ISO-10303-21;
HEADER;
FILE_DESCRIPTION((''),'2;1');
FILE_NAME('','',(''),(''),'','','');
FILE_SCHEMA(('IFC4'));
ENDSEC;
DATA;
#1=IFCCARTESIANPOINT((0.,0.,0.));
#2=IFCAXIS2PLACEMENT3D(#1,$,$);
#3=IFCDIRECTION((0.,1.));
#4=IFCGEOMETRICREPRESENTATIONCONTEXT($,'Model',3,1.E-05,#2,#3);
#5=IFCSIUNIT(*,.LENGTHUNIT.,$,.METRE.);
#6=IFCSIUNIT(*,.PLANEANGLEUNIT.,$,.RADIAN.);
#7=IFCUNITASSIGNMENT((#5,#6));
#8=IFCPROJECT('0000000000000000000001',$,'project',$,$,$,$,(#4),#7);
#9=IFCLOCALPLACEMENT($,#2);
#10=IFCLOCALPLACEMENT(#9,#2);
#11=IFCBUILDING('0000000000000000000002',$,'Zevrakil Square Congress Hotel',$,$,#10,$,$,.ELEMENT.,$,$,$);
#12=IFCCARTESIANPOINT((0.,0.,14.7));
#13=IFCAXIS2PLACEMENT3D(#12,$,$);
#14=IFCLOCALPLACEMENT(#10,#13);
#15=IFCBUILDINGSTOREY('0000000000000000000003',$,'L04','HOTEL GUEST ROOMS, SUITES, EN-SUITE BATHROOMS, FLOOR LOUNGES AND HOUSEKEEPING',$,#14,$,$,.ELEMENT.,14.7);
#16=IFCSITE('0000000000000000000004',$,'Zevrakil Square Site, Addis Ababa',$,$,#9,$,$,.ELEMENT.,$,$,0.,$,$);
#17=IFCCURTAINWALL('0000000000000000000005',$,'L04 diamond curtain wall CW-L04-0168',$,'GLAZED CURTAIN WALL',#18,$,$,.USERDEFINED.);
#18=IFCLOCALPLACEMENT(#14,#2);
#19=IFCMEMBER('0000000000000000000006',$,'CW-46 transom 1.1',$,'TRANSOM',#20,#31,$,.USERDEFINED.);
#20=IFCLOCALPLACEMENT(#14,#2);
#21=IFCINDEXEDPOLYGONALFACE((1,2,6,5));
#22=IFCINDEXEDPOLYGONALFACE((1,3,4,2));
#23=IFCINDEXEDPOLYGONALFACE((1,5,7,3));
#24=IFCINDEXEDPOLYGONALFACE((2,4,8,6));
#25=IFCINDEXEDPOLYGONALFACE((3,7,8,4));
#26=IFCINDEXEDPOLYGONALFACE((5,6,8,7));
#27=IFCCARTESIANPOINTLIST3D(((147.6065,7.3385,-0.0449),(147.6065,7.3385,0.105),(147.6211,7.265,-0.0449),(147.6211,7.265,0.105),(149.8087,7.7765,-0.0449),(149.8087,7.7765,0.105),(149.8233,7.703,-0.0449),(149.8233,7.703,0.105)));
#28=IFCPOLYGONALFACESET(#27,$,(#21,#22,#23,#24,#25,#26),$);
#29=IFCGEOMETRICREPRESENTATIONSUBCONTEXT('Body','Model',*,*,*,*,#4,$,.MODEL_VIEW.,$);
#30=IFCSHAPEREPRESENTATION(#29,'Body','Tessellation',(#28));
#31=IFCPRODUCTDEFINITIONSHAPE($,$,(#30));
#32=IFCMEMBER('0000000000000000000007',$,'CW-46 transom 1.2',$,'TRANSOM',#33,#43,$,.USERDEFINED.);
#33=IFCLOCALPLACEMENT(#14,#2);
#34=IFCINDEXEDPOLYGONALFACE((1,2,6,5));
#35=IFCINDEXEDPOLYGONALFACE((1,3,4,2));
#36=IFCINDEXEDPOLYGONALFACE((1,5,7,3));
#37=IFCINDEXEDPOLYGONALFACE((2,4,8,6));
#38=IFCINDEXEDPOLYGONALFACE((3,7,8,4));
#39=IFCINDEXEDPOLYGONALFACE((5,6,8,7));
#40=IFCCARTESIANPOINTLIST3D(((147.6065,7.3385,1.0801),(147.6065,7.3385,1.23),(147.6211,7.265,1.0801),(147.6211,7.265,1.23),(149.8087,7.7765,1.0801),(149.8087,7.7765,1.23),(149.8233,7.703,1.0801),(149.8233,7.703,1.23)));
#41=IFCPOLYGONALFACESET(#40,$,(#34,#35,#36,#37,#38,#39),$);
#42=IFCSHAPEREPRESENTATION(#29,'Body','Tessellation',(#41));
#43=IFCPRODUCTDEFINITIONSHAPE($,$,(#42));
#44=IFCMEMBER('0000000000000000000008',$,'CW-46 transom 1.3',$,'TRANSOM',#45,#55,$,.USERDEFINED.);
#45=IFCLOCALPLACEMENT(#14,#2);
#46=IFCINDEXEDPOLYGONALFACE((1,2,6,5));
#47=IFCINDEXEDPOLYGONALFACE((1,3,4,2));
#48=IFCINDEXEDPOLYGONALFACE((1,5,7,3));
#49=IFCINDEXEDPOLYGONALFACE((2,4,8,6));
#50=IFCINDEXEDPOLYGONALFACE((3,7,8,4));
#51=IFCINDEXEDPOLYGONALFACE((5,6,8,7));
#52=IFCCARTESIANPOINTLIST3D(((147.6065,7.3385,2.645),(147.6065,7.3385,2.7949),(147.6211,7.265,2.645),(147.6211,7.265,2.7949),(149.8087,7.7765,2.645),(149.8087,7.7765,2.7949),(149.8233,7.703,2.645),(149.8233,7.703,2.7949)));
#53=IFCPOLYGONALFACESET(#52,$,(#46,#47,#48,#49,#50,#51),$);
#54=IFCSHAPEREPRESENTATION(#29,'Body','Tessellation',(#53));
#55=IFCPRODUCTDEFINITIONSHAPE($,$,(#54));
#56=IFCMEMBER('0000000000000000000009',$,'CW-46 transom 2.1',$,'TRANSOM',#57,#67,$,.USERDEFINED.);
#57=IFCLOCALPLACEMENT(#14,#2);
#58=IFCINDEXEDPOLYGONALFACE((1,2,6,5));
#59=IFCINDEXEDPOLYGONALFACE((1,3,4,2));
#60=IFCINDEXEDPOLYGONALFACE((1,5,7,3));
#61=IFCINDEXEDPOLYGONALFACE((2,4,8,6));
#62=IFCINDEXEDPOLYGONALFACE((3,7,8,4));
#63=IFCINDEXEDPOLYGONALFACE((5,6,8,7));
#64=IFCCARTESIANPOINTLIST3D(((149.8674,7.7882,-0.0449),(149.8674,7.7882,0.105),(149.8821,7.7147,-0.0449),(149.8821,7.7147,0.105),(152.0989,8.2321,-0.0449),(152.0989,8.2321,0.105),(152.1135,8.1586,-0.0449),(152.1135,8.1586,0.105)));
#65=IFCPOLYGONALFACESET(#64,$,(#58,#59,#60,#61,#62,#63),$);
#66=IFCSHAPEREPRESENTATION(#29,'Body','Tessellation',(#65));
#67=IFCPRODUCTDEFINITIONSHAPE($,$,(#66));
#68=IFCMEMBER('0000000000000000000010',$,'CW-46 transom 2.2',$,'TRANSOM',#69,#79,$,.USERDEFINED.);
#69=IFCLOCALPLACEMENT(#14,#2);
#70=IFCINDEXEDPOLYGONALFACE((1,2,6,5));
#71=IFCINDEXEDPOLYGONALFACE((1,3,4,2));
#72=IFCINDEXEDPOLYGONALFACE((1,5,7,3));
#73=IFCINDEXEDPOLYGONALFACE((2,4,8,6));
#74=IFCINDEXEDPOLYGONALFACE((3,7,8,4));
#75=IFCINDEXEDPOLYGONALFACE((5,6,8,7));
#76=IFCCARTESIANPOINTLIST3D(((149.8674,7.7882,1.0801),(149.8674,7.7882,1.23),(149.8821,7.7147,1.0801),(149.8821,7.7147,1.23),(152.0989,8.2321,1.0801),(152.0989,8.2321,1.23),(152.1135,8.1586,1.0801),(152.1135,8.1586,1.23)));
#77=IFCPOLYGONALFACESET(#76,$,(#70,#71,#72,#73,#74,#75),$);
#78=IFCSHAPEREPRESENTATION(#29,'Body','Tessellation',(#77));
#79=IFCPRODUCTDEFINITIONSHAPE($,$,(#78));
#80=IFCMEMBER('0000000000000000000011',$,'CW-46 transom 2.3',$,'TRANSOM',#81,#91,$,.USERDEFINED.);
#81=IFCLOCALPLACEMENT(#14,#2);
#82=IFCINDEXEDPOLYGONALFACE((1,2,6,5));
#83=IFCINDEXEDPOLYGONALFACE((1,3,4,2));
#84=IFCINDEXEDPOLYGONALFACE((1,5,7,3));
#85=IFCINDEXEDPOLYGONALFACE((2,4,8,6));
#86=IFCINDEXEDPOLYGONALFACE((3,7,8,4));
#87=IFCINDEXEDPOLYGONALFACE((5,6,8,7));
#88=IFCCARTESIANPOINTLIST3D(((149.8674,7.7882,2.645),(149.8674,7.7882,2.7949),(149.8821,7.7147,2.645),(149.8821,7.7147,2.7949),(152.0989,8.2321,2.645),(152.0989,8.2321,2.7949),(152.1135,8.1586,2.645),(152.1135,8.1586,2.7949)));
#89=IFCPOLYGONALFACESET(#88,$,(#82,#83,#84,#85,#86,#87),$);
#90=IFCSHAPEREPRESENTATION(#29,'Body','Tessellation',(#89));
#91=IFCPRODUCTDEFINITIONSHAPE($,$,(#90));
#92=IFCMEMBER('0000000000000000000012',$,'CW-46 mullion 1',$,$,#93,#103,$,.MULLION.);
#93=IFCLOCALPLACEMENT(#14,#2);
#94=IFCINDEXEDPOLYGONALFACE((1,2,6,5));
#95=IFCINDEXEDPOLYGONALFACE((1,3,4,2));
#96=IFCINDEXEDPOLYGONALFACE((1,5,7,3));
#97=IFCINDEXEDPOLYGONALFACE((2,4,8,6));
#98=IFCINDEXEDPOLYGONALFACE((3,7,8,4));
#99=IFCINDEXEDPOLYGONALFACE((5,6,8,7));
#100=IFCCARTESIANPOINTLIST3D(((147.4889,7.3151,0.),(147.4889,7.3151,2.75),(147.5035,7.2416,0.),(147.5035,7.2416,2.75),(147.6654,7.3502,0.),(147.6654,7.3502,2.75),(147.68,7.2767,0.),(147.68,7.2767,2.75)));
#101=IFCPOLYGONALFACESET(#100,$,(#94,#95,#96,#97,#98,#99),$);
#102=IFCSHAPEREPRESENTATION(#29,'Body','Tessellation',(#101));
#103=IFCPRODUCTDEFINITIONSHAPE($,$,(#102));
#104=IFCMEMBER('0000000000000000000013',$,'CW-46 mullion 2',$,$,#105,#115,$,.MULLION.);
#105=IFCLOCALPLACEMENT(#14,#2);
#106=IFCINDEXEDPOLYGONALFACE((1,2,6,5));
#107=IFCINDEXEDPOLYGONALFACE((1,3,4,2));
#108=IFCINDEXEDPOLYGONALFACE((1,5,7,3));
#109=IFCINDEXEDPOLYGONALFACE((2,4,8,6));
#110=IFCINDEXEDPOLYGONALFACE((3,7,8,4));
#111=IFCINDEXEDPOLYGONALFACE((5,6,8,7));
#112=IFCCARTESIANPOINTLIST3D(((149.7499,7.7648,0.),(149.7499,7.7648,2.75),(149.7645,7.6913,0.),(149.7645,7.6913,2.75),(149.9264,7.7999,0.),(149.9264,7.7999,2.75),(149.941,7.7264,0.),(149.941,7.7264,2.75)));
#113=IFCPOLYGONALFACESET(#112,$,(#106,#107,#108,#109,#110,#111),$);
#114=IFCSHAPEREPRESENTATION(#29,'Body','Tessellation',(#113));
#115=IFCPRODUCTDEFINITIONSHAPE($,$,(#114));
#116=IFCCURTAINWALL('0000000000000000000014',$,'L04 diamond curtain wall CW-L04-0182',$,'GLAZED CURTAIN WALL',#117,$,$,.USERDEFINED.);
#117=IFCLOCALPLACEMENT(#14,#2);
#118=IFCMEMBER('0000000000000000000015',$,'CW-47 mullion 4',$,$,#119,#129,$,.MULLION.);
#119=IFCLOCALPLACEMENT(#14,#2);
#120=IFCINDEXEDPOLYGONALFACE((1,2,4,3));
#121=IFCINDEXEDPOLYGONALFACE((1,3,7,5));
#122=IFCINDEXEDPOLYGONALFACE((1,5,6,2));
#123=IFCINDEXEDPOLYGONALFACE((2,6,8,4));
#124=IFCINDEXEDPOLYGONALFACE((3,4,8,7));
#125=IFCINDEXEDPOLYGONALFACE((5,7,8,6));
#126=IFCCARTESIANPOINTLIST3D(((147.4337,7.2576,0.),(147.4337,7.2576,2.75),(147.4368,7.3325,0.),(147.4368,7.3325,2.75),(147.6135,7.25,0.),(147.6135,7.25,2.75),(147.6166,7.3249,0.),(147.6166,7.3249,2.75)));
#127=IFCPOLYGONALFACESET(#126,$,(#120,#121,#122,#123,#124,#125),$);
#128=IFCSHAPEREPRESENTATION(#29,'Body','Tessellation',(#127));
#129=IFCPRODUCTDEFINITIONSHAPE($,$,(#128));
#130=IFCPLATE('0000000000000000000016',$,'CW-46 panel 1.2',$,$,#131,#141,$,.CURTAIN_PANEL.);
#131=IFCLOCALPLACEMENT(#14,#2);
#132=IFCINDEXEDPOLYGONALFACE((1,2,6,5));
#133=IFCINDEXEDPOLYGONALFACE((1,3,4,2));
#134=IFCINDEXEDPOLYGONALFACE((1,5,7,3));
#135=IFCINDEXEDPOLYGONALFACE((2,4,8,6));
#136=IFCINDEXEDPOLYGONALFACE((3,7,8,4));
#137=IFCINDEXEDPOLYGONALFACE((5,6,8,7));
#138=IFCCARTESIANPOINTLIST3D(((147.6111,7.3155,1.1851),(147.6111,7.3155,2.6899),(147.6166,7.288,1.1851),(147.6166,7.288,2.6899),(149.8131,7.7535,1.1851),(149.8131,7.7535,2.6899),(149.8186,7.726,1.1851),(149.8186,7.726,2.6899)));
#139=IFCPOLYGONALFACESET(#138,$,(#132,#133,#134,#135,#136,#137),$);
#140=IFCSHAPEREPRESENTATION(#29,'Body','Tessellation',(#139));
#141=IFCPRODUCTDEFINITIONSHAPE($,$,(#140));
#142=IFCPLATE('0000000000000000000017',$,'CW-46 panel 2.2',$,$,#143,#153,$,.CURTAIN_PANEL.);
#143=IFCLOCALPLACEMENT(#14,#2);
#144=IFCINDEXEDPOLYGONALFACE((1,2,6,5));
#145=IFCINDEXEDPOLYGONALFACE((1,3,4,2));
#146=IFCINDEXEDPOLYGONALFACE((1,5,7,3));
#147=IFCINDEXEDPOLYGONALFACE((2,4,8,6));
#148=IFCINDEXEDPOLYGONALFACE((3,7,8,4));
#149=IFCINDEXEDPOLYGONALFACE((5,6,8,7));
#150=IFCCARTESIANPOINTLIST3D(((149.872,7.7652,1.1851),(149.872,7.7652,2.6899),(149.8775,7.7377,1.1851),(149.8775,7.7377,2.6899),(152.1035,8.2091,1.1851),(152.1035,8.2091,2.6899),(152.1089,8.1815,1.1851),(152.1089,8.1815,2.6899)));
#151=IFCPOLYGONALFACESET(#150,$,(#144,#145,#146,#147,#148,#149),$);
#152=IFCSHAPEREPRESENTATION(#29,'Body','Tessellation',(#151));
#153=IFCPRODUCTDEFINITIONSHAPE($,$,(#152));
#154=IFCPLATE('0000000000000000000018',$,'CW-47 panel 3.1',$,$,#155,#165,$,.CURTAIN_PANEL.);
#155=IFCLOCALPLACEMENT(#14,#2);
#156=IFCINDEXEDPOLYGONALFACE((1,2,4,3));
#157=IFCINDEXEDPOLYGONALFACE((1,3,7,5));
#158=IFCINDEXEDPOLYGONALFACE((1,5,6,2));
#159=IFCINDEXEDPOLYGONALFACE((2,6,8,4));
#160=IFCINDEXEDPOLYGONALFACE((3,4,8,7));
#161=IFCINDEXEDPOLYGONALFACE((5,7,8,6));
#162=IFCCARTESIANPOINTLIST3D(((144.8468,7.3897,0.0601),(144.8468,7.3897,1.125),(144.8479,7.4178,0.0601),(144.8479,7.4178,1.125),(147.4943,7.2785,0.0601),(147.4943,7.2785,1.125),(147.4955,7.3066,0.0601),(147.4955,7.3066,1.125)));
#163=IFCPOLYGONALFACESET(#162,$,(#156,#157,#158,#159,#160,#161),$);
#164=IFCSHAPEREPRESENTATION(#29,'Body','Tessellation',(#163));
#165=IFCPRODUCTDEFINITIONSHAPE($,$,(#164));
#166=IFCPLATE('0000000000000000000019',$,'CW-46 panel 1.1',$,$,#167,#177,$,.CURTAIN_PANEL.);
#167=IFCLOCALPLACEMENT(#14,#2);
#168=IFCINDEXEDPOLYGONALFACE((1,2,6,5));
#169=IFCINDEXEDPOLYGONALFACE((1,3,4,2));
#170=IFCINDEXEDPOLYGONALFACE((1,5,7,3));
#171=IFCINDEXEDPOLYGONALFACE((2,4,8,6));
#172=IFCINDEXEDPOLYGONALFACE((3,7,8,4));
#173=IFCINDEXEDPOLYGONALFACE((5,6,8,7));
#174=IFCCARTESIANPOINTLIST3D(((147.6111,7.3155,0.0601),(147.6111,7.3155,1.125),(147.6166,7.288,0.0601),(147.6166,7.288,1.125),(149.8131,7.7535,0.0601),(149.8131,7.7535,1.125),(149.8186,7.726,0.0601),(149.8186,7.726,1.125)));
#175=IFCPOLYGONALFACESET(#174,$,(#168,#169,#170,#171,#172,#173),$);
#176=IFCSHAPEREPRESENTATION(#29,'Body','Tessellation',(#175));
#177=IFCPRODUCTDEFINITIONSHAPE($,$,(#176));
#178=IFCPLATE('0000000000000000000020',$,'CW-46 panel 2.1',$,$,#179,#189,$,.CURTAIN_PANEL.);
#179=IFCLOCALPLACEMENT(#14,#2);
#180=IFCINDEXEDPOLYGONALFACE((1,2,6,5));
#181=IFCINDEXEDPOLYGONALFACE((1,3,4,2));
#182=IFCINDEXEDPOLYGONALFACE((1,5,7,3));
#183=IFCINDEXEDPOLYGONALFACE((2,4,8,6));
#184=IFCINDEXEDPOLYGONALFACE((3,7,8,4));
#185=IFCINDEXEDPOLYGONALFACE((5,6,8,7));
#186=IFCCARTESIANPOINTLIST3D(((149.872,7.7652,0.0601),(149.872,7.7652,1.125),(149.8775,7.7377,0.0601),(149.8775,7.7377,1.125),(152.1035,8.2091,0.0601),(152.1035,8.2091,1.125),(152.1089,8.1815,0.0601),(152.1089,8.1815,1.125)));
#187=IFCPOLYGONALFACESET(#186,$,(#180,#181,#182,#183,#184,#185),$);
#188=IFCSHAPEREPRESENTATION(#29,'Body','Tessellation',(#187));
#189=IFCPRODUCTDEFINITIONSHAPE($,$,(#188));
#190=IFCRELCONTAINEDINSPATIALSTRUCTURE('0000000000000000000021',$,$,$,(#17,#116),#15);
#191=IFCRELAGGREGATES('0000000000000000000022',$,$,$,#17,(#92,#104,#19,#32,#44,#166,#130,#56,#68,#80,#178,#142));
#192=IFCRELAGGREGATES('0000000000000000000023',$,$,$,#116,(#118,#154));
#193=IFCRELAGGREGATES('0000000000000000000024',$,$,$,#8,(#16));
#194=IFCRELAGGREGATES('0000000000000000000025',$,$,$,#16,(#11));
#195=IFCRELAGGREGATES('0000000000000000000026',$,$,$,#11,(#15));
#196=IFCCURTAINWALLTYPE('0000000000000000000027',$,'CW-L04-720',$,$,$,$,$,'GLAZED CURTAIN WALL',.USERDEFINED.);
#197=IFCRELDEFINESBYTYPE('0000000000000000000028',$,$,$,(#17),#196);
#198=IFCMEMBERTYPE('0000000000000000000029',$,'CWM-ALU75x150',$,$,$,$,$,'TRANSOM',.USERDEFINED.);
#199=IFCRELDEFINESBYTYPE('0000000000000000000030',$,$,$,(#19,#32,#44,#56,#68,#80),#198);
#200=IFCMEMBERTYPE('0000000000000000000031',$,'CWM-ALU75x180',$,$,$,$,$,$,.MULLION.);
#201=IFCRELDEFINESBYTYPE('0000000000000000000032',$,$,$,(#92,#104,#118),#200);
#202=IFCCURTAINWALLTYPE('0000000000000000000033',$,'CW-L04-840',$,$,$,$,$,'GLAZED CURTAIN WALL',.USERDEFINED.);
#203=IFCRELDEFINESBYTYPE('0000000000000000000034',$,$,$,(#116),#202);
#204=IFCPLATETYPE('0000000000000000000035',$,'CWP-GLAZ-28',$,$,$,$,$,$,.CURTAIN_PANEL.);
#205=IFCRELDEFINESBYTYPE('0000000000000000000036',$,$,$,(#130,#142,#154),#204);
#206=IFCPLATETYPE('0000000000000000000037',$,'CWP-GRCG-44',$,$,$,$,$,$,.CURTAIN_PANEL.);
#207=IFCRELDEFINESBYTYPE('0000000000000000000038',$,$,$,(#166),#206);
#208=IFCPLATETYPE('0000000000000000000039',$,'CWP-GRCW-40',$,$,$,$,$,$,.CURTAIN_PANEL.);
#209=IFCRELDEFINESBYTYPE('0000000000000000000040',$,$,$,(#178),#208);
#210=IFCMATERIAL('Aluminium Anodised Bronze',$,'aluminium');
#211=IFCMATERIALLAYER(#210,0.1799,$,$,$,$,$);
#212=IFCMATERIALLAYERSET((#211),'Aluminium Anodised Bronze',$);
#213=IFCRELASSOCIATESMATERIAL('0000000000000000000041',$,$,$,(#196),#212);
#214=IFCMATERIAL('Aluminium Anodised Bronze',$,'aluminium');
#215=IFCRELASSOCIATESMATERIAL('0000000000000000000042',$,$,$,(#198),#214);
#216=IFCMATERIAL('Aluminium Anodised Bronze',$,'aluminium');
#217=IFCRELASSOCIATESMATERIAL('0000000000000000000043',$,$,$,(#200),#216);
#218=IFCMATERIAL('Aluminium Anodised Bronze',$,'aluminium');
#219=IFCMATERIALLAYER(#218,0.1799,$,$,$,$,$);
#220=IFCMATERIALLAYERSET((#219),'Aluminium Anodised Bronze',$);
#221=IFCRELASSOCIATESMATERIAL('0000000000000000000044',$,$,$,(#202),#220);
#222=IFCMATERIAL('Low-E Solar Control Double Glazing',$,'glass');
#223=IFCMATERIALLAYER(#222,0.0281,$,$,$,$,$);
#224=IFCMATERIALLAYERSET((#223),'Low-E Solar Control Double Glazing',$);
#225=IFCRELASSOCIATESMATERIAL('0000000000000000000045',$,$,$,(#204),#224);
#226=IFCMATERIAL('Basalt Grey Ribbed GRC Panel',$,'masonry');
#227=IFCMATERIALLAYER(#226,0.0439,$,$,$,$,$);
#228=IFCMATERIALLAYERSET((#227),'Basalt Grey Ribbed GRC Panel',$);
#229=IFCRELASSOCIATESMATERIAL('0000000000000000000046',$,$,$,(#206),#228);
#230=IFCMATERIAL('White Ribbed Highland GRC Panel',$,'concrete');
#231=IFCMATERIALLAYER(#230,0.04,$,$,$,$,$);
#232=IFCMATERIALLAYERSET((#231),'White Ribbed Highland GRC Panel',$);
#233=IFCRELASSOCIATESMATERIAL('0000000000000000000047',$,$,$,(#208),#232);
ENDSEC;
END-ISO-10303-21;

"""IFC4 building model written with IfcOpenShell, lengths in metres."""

from ifc_helpers import new_model, si_unit, direction, frame, origin, origin_2d, place, context, subcontext, project, spatial, rectangle, extrude, material, layer, layer_set, material_profile, profile_set, type_object, element, aggregate, save


model = new_model("IFC4")

# Units and contexts
model_context = context("Model", 3, precision=1e-05, world=origin(), true_north=direction((0.0, 1.0)))
body_context = subcontext(model_context, "Body", "Model", "MODEL_VIEW")
ifc_project = project(units=[si_unit("LENGTHUNIT", "METRE"), si_unit("PLANEANGLEUNIT", "RADIAN")], contexts=[model_context])

# Site, building, storey
site_placement = place(None, origin())
site = spatial("IfcSite", under=ifc_project, at=site_placement, Name="Zevrakil Square Site, Addis Ababa", CompositionType="ELEMENT", RefElevation=0.0)
building_placement = place(site_placement, origin())
building = spatial("IfcBuilding", under=site, at=building_placement, Name="Zevrakil Square Congress Hotel", CompositionType="ELEMENT")
storey_placement = place(building_placement, frame((0.0, 0.0, 14.7)))
storey = spatial("IfcBuildingStorey", under=building, at=storey_placement, Name="L04", Description="HOTEL GUEST ROOMS, SUITES, EN-SUITE BATHROOMS, FLOOR LOUNGES AND HOUSEKEEPING", CompositionType="ELEMENT", Elevation=14.7)

# Curtain wall, members
ifc_material_1 = material(Name="Aluminium Anodised Bronze", Category="aluminium")
ifc_layer_1 = layer(ifc_material_1, 0.1799)
ifc_layer_set_1 = layer_set([ifc_layer_1], Name="Aluminium Anodised Bronze")
curtain_wall_type_1 = type_object("IfcCurtainWallType", Name="CW-L04-720", ElementType="GLAZED CURTAIN WALL", PredefinedType="USERDEFINED", material=ifc_layer_set_1)
curtain_wall_1_placement = place(storey_placement, origin())
curtain_wall_1 = element("IfcCurtainWall", 1, at=curtain_wall_1_placement, inside=storey, type_object=curtain_wall_type_1, Name="L04 diamond curtain wall CW-L04-0168", ObjectType="GLAZED CURTAIN WALL", PredefinedType="USERDEFINED")
ifc_material_2 = material(Name="Aluminium Anodised Bronze", Category="aluminium")
ifc_material_profile_1 = material_profile(ifc_material_2, rectangle(XDim=0.075, YDim=0.1499, at=origin_2d()), Name="ALU 75x150")
ifc_profile_set_1 = profile_set([ifc_material_profile_1], Name="Aluminium Anodised Bronze")
member_type_1 = type_object("IfcMemberType", Name="CWM-ALU75x150", ElementType="TRANSOM", PredefinedType="USERDEFINED", material=ifc_profile_set_1)
member_1_placement = place(storey_placement, frame((147.6138, 7.3018, 0.03), z_axis=(0.980789, 0.19507, 0.0), x_axis=(-0.19507, 0.980789, 0.0)))
member_1 = element("IfcMember", 2, at=member_1_placement, type_object=member_type_1, Name="CW-46 transom 1.1", ObjectType="TRANSOM", PredefinedType="USERDEFINED", context=body_context, shape_type="SweptSolid", body=[
    extrude(rectangle(XDim=0.075, YDim=0.1499, at=origin_2d()), origin(), (0.0, 0.0, 1.0), 2.2454),
])
member_2_placement = place(storey_placement, frame((147.6138, 7.3018, 1.155), z_axis=(0.980789, 0.19507, 0.0), x_axis=(-0.19507, 0.980789, 0.0)))
member_2 = element("IfcMember", 3, at=member_2_placement, type_object=member_type_1, Name="CW-46 transom 1.2", ObjectType="TRANSOM", PredefinedType="USERDEFINED", context=body_context, shape_type="SweptSolid", body=[
    extrude(rectangle(XDim=0.075, YDim=0.1499, at=origin_2d()), origin(), (0.0, 0.0, 1.0), 2.2454),
])
member_3_placement = place(storey_placement, frame((147.6138, 7.3018, 2.72), z_axis=(0.980789, 0.19507, 0.0), x_axis=(-0.19507, 0.980789, 0.0)))
member_3 = element("IfcMember", 4, at=member_3_placement, type_object=member_type_1, Name="CW-46 transom 1.3", ObjectType="TRANSOM", PredefinedType="USERDEFINED", context=body_context, shape_type="SweptSolid", body=[
    extrude(rectangle(XDim=0.075, YDim=0.1499, at=origin_2d()), origin(), (0.0, 0.0, 1.0), 2.2454),
])
member_4_placement = place(storey_placement, frame((149.8748, 7.7515, 0.03), z_axis=(0.980786, 0.195084, 0.0), x_axis=(-0.195084, 0.980786, 0.0)))
member_4 = element("IfcMember", 5, at=member_4_placement, type_object=member_type_1, Name="CW-46 transom 2.1", ObjectType="TRANSOM", PredefinedType="USERDEFINED", context=body_context, shape_type="SweptSolid", body=[
    extrude(rectangle(XDim=0.075, YDim=0.1499, at=origin_2d()), origin(), (0.0, 0.0, 1.0), 2.2751),
])
member_5_placement = place(storey_placement, frame((149.8748, 7.7515, 1.155), z_axis=(0.980786, 0.195084, 0.0), x_axis=(-0.195084, 0.980786, 0.0)))
member_5 = element("IfcMember", 6, at=member_5_placement, type_object=member_type_1, Name="CW-46 transom 2.2", ObjectType="TRANSOM", PredefinedType="USERDEFINED", context=body_context, shape_type="SweptSolid", body=[
    extrude(rectangle(XDim=0.075, YDim=0.1499, at=origin_2d()), origin(), (0.0, 0.0, 1.0), 2.2751),
])
member_6_placement = place(storey_placement, frame((149.8748, 7.7515, 2.72), z_axis=(0.980786, 0.195084, 0.0), x_axis=(-0.195084, 0.980786, 0.0)))
member_6 = element("IfcMember", 7, at=member_6_placement, type_object=member_type_1, Name="CW-46 transom 2.3", ObjectType="TRANSOM", PredefinedType="USERDEFINED", context=body_context, shape_type="SweptSolid", body=[
    extrude(rectangle(XDim=0.075, YDim=0.1499, at=origin_2d()), origin(), (0.0, 0.0, 1.0), 2.2751),
])
ifc_material_3 = material(Name="Aluminium Anodised Bronze", Category="aluminium")
ifc_material_profile_2 = material_profile(ifc_material_3, rectangle(XDim=0.075, YDim=0.1799, at=origin_2d()), Name="ALU 75x180")
ifc_profile_set_2 = profile_set([ifc_material_profile_2], Name="Aluminium Anodised Bronze")
member_type_2 = type_object("IfcMemberType", Name="CWM-ALU75x180", PredefinedType="MULLION", material=ifc_profile_set_2)
member_7_placement = place(storey_placement, frame((147.5845, 7.2959, 0.0), z_axis=(0.0, 0.0, 1.0), x_axis=(-0.195084, 0.980787, 0.0)))
member_7 = element("IfcMember", 8, at=member_7_placement, type_object=member_type_2, Name="CW-46 mullion 1", PredefinedType="MULLION", context=body_context, shape_type="SweptSolid", body=[
    extrude(rectangle(XDim=0.075, YDim=0.1799, at=origin_2d()), origin(), (0.0, 0.0, 1.0), 2.75),
])
member_8_placement = place(storey_placement, frame((149.8455, 7.7456, 0.0), z_axis=(0.0, 0.0, 1.0), x_axis=(-0.195084, 0.980787, 0.0)))
member_8 = element("IfcMember", 9, at=member_8_placement, type_object=member_type_2, Name="CW-46 mullion 2", PredefinedType="MULLION", context=body_context, shape_type="SweptSolid", body=[
    extrude(rectangle(XDim=0.075, YDim=0.1799, at=origin_2d()), origin(), (0.0, 0.0, 1.0), 2.75),
])

# Curtain wall, member
ifc_material_4 = material(Name="Aluminium Anodised Bronze", Category="aluminium")
ifc_layer_2 = layer(ifc_material_4, 0.1799)
ifc_layer_set_2 = layer_set([ifc_layer_2], Name="Aluminium Anodised Bronze")
curtain_wall_type_2 = type_object("IfcCurtainWallType", Name="CW-L04-840", ElementType="GLAZED CURTAIN WALL", PredefinedType="USERDEFINED", material=ifc_layer_set_2)
curtain_wall_2_placement = place(storey_placement, origin())
curtain_wall_2 = element("IfcCurtainWall", 10, at=curtain_wall_2_placement, inside=storey, type_object=curtain_wall_type_2, Name="L04 diamond curtain wall CW-L04-0182", ObjectType="GLAZED CURTAIN WALL", PredefinedType="USERDEFINED")
member_9_placement = place(storey_placement, frame((147.5251, 7.2913, 0.0), z_axis=(0.0, 0.0, 1.0), x_axis=(0.041971, 0.999119, 0.0)))
member_9 = element("IfcMember", 11, at=member_9_placement, type_object=member_type_2, Name="CW-47 mullion 4", PredefinedType="MULLION", context=body_context, shape_type="SweptSolid", body=[
    extrude(rectangle(XDim=0.075, YDim=0.1799, at=origin_2d()), origin(), (0.0, 0.0, 1.0), 2.75),
])

# Plates
ifc_material_5 = material(Name="Low-E Solar Control Double Glazing", Category="glass")
ifc_layer_3 = layer(ifc_material_5, 0.0281)
ifc_layer_set_3 = layer_set([ifc_layer_3], Name="Low-E Solar Control Double Glazing")
plate_type_1 = type_object("IfcPlateType", Name="CWP-GLAZ-28", PredefinedType="CURTAIN_PANEL", material=ifc_layer_set_3)
plate_1_placement = place(storey_placement, frame((148.7148, 7.5208, 1.1851), z_axis=(0.0, 0.0, 1.0), x_axis=(0.980787, 0.195084, 0.0)))
plate_1 = element("IfcPlate", 12, at=plate_1_placement, type_object=plate_type_1, Name="CW-46 panel 1.2", PredefinedType="CURTAIN_PANEL", context=body_context, shape_type="SweptSolid", body=[
    extrude(rectangle(XDim=2.2451, YDim=0.0281, at=origin_2d()), origin(), (0.0, 0.0, 1.0), 1.5049),
])
plate_2_placement = place(storey_placement, frame((150.9905, 7.9734, 1.1851), z_axis=(0.0, 0.0, 1.0), x_axis=(0.980787, 0.195084, 0.0)))
plate_2 = element("IfcPlate", 13, at=plate_2_placement, type_object=plate_type_1, Name="CW-46 panel 2.2", PredefinedType="CURTAIN_PANEL", context=body_context, shape_type="SweptSolid", body=[
    extrude(rectangle(XDim=2.2751, YDim=0.0281, at=origin_2d()), origin(), (0.0, 0.0, 1.0), 1.5049),
])
plate_3_placement = place(storey_placement, frame((146.1711, 7.3481, 0.0601), z_axis=(0.0, 0.0, 1.0), x_axis=(0.999119, -0.041971, 0.0)))
plate_3 = element("IfcPlate", 14, at=plate_3_placement, type_object=plate_type_1, Name="CW-47 panel 3.1", PredefinedType="CURTAIN_PANEL", context=body_context, shape_type="SweptSolid", body=[
    extrude(rectangle(XDim=2.6499, YDim=0.0281, at=origin_2d()), origin(), (0.0, 0.0, 1.0), 1.0649),
])
ifc_material_6 = material(Name="Basalt Grey Ribbed GRC Panel", Category="masonry")
ifc_layer_4 = layer(ifc_material_6, 0.0439)
ifc_layer_set_4 = layer_set([ifc_layer_4], Name="Basalt Grey Ribbed GRC Panel")
plate_type_2 = type_object("IfcPlateType", Name="CWP-GRCG-44", PredefinedType="CURTAIN_PANEL", material=ifc_layer_set_4)
plate_4_placement = place(storey_placement, frame((148.7148, 7.5208, 0.0601), z_axis=(0.0, 0.0, 1.0), x_axis=(0.980787, 0.195084, 0.0)))
plate_4 = element("IfcPlate", 15, at=plate_4_placement, type_object=plate_type_2, Name="CW-46 panel 1.1", PredefinedType="CURTAIN_PANEL", context=body_context, shape_type="SweptSolid", body=[
    extrude(rectangle(XDim=2.2451, YDim=0.0281, at=origin_2d()), origin(), (0.0, 0.0, 1.0), 1.0649),
])
ifc_material_7 = material(Name="White Ribbed Highland GRC Panel", Category="concrete")
ifc_layer_5 = layer(ifc_material_7, 0.04)
ifc_layer_set_5 = layer_set([ifc_layer_5], Name="White Ribbed Highland GRC Panel")
plate_type_3 = type_object("IfcPlateType", Name="CWP-GRCW-40", PredefinedType="CURTAIN_PANEL", material=ifc_layer_set_5)
plate_5_placement = place(storey_placement, frame((150.9905, 7.9734, 0.0601), z_axis=(0.0, 0.0, 1.0), x_axis=(0.980787, 0.195084, 0.0)))
plate_5 = element("IfcPlate", 16, at=plate_5_placement, type_object=plate_type_3, Name="CW-46 panel 2.1", PredefinedType="CURTAIN_PANEL", context=body_context, shape_type="SweptSolid", body=[
    extrude(rectangle(XDim=2.2751, YDim=0.0281, at=origin_2d()), origin(), (0.0, 0.0, 1.0), 1.0649),
])
aggregate(curtain_wall_1, [member_7, member_8, member_1, member_2, member_3, plate_4, plate_1, member_4, member_5, member_6, plate_5, plate_2])
aggregate(curtain_wall_2, [member_9, plate_3])

save(model, "model.ifc")
